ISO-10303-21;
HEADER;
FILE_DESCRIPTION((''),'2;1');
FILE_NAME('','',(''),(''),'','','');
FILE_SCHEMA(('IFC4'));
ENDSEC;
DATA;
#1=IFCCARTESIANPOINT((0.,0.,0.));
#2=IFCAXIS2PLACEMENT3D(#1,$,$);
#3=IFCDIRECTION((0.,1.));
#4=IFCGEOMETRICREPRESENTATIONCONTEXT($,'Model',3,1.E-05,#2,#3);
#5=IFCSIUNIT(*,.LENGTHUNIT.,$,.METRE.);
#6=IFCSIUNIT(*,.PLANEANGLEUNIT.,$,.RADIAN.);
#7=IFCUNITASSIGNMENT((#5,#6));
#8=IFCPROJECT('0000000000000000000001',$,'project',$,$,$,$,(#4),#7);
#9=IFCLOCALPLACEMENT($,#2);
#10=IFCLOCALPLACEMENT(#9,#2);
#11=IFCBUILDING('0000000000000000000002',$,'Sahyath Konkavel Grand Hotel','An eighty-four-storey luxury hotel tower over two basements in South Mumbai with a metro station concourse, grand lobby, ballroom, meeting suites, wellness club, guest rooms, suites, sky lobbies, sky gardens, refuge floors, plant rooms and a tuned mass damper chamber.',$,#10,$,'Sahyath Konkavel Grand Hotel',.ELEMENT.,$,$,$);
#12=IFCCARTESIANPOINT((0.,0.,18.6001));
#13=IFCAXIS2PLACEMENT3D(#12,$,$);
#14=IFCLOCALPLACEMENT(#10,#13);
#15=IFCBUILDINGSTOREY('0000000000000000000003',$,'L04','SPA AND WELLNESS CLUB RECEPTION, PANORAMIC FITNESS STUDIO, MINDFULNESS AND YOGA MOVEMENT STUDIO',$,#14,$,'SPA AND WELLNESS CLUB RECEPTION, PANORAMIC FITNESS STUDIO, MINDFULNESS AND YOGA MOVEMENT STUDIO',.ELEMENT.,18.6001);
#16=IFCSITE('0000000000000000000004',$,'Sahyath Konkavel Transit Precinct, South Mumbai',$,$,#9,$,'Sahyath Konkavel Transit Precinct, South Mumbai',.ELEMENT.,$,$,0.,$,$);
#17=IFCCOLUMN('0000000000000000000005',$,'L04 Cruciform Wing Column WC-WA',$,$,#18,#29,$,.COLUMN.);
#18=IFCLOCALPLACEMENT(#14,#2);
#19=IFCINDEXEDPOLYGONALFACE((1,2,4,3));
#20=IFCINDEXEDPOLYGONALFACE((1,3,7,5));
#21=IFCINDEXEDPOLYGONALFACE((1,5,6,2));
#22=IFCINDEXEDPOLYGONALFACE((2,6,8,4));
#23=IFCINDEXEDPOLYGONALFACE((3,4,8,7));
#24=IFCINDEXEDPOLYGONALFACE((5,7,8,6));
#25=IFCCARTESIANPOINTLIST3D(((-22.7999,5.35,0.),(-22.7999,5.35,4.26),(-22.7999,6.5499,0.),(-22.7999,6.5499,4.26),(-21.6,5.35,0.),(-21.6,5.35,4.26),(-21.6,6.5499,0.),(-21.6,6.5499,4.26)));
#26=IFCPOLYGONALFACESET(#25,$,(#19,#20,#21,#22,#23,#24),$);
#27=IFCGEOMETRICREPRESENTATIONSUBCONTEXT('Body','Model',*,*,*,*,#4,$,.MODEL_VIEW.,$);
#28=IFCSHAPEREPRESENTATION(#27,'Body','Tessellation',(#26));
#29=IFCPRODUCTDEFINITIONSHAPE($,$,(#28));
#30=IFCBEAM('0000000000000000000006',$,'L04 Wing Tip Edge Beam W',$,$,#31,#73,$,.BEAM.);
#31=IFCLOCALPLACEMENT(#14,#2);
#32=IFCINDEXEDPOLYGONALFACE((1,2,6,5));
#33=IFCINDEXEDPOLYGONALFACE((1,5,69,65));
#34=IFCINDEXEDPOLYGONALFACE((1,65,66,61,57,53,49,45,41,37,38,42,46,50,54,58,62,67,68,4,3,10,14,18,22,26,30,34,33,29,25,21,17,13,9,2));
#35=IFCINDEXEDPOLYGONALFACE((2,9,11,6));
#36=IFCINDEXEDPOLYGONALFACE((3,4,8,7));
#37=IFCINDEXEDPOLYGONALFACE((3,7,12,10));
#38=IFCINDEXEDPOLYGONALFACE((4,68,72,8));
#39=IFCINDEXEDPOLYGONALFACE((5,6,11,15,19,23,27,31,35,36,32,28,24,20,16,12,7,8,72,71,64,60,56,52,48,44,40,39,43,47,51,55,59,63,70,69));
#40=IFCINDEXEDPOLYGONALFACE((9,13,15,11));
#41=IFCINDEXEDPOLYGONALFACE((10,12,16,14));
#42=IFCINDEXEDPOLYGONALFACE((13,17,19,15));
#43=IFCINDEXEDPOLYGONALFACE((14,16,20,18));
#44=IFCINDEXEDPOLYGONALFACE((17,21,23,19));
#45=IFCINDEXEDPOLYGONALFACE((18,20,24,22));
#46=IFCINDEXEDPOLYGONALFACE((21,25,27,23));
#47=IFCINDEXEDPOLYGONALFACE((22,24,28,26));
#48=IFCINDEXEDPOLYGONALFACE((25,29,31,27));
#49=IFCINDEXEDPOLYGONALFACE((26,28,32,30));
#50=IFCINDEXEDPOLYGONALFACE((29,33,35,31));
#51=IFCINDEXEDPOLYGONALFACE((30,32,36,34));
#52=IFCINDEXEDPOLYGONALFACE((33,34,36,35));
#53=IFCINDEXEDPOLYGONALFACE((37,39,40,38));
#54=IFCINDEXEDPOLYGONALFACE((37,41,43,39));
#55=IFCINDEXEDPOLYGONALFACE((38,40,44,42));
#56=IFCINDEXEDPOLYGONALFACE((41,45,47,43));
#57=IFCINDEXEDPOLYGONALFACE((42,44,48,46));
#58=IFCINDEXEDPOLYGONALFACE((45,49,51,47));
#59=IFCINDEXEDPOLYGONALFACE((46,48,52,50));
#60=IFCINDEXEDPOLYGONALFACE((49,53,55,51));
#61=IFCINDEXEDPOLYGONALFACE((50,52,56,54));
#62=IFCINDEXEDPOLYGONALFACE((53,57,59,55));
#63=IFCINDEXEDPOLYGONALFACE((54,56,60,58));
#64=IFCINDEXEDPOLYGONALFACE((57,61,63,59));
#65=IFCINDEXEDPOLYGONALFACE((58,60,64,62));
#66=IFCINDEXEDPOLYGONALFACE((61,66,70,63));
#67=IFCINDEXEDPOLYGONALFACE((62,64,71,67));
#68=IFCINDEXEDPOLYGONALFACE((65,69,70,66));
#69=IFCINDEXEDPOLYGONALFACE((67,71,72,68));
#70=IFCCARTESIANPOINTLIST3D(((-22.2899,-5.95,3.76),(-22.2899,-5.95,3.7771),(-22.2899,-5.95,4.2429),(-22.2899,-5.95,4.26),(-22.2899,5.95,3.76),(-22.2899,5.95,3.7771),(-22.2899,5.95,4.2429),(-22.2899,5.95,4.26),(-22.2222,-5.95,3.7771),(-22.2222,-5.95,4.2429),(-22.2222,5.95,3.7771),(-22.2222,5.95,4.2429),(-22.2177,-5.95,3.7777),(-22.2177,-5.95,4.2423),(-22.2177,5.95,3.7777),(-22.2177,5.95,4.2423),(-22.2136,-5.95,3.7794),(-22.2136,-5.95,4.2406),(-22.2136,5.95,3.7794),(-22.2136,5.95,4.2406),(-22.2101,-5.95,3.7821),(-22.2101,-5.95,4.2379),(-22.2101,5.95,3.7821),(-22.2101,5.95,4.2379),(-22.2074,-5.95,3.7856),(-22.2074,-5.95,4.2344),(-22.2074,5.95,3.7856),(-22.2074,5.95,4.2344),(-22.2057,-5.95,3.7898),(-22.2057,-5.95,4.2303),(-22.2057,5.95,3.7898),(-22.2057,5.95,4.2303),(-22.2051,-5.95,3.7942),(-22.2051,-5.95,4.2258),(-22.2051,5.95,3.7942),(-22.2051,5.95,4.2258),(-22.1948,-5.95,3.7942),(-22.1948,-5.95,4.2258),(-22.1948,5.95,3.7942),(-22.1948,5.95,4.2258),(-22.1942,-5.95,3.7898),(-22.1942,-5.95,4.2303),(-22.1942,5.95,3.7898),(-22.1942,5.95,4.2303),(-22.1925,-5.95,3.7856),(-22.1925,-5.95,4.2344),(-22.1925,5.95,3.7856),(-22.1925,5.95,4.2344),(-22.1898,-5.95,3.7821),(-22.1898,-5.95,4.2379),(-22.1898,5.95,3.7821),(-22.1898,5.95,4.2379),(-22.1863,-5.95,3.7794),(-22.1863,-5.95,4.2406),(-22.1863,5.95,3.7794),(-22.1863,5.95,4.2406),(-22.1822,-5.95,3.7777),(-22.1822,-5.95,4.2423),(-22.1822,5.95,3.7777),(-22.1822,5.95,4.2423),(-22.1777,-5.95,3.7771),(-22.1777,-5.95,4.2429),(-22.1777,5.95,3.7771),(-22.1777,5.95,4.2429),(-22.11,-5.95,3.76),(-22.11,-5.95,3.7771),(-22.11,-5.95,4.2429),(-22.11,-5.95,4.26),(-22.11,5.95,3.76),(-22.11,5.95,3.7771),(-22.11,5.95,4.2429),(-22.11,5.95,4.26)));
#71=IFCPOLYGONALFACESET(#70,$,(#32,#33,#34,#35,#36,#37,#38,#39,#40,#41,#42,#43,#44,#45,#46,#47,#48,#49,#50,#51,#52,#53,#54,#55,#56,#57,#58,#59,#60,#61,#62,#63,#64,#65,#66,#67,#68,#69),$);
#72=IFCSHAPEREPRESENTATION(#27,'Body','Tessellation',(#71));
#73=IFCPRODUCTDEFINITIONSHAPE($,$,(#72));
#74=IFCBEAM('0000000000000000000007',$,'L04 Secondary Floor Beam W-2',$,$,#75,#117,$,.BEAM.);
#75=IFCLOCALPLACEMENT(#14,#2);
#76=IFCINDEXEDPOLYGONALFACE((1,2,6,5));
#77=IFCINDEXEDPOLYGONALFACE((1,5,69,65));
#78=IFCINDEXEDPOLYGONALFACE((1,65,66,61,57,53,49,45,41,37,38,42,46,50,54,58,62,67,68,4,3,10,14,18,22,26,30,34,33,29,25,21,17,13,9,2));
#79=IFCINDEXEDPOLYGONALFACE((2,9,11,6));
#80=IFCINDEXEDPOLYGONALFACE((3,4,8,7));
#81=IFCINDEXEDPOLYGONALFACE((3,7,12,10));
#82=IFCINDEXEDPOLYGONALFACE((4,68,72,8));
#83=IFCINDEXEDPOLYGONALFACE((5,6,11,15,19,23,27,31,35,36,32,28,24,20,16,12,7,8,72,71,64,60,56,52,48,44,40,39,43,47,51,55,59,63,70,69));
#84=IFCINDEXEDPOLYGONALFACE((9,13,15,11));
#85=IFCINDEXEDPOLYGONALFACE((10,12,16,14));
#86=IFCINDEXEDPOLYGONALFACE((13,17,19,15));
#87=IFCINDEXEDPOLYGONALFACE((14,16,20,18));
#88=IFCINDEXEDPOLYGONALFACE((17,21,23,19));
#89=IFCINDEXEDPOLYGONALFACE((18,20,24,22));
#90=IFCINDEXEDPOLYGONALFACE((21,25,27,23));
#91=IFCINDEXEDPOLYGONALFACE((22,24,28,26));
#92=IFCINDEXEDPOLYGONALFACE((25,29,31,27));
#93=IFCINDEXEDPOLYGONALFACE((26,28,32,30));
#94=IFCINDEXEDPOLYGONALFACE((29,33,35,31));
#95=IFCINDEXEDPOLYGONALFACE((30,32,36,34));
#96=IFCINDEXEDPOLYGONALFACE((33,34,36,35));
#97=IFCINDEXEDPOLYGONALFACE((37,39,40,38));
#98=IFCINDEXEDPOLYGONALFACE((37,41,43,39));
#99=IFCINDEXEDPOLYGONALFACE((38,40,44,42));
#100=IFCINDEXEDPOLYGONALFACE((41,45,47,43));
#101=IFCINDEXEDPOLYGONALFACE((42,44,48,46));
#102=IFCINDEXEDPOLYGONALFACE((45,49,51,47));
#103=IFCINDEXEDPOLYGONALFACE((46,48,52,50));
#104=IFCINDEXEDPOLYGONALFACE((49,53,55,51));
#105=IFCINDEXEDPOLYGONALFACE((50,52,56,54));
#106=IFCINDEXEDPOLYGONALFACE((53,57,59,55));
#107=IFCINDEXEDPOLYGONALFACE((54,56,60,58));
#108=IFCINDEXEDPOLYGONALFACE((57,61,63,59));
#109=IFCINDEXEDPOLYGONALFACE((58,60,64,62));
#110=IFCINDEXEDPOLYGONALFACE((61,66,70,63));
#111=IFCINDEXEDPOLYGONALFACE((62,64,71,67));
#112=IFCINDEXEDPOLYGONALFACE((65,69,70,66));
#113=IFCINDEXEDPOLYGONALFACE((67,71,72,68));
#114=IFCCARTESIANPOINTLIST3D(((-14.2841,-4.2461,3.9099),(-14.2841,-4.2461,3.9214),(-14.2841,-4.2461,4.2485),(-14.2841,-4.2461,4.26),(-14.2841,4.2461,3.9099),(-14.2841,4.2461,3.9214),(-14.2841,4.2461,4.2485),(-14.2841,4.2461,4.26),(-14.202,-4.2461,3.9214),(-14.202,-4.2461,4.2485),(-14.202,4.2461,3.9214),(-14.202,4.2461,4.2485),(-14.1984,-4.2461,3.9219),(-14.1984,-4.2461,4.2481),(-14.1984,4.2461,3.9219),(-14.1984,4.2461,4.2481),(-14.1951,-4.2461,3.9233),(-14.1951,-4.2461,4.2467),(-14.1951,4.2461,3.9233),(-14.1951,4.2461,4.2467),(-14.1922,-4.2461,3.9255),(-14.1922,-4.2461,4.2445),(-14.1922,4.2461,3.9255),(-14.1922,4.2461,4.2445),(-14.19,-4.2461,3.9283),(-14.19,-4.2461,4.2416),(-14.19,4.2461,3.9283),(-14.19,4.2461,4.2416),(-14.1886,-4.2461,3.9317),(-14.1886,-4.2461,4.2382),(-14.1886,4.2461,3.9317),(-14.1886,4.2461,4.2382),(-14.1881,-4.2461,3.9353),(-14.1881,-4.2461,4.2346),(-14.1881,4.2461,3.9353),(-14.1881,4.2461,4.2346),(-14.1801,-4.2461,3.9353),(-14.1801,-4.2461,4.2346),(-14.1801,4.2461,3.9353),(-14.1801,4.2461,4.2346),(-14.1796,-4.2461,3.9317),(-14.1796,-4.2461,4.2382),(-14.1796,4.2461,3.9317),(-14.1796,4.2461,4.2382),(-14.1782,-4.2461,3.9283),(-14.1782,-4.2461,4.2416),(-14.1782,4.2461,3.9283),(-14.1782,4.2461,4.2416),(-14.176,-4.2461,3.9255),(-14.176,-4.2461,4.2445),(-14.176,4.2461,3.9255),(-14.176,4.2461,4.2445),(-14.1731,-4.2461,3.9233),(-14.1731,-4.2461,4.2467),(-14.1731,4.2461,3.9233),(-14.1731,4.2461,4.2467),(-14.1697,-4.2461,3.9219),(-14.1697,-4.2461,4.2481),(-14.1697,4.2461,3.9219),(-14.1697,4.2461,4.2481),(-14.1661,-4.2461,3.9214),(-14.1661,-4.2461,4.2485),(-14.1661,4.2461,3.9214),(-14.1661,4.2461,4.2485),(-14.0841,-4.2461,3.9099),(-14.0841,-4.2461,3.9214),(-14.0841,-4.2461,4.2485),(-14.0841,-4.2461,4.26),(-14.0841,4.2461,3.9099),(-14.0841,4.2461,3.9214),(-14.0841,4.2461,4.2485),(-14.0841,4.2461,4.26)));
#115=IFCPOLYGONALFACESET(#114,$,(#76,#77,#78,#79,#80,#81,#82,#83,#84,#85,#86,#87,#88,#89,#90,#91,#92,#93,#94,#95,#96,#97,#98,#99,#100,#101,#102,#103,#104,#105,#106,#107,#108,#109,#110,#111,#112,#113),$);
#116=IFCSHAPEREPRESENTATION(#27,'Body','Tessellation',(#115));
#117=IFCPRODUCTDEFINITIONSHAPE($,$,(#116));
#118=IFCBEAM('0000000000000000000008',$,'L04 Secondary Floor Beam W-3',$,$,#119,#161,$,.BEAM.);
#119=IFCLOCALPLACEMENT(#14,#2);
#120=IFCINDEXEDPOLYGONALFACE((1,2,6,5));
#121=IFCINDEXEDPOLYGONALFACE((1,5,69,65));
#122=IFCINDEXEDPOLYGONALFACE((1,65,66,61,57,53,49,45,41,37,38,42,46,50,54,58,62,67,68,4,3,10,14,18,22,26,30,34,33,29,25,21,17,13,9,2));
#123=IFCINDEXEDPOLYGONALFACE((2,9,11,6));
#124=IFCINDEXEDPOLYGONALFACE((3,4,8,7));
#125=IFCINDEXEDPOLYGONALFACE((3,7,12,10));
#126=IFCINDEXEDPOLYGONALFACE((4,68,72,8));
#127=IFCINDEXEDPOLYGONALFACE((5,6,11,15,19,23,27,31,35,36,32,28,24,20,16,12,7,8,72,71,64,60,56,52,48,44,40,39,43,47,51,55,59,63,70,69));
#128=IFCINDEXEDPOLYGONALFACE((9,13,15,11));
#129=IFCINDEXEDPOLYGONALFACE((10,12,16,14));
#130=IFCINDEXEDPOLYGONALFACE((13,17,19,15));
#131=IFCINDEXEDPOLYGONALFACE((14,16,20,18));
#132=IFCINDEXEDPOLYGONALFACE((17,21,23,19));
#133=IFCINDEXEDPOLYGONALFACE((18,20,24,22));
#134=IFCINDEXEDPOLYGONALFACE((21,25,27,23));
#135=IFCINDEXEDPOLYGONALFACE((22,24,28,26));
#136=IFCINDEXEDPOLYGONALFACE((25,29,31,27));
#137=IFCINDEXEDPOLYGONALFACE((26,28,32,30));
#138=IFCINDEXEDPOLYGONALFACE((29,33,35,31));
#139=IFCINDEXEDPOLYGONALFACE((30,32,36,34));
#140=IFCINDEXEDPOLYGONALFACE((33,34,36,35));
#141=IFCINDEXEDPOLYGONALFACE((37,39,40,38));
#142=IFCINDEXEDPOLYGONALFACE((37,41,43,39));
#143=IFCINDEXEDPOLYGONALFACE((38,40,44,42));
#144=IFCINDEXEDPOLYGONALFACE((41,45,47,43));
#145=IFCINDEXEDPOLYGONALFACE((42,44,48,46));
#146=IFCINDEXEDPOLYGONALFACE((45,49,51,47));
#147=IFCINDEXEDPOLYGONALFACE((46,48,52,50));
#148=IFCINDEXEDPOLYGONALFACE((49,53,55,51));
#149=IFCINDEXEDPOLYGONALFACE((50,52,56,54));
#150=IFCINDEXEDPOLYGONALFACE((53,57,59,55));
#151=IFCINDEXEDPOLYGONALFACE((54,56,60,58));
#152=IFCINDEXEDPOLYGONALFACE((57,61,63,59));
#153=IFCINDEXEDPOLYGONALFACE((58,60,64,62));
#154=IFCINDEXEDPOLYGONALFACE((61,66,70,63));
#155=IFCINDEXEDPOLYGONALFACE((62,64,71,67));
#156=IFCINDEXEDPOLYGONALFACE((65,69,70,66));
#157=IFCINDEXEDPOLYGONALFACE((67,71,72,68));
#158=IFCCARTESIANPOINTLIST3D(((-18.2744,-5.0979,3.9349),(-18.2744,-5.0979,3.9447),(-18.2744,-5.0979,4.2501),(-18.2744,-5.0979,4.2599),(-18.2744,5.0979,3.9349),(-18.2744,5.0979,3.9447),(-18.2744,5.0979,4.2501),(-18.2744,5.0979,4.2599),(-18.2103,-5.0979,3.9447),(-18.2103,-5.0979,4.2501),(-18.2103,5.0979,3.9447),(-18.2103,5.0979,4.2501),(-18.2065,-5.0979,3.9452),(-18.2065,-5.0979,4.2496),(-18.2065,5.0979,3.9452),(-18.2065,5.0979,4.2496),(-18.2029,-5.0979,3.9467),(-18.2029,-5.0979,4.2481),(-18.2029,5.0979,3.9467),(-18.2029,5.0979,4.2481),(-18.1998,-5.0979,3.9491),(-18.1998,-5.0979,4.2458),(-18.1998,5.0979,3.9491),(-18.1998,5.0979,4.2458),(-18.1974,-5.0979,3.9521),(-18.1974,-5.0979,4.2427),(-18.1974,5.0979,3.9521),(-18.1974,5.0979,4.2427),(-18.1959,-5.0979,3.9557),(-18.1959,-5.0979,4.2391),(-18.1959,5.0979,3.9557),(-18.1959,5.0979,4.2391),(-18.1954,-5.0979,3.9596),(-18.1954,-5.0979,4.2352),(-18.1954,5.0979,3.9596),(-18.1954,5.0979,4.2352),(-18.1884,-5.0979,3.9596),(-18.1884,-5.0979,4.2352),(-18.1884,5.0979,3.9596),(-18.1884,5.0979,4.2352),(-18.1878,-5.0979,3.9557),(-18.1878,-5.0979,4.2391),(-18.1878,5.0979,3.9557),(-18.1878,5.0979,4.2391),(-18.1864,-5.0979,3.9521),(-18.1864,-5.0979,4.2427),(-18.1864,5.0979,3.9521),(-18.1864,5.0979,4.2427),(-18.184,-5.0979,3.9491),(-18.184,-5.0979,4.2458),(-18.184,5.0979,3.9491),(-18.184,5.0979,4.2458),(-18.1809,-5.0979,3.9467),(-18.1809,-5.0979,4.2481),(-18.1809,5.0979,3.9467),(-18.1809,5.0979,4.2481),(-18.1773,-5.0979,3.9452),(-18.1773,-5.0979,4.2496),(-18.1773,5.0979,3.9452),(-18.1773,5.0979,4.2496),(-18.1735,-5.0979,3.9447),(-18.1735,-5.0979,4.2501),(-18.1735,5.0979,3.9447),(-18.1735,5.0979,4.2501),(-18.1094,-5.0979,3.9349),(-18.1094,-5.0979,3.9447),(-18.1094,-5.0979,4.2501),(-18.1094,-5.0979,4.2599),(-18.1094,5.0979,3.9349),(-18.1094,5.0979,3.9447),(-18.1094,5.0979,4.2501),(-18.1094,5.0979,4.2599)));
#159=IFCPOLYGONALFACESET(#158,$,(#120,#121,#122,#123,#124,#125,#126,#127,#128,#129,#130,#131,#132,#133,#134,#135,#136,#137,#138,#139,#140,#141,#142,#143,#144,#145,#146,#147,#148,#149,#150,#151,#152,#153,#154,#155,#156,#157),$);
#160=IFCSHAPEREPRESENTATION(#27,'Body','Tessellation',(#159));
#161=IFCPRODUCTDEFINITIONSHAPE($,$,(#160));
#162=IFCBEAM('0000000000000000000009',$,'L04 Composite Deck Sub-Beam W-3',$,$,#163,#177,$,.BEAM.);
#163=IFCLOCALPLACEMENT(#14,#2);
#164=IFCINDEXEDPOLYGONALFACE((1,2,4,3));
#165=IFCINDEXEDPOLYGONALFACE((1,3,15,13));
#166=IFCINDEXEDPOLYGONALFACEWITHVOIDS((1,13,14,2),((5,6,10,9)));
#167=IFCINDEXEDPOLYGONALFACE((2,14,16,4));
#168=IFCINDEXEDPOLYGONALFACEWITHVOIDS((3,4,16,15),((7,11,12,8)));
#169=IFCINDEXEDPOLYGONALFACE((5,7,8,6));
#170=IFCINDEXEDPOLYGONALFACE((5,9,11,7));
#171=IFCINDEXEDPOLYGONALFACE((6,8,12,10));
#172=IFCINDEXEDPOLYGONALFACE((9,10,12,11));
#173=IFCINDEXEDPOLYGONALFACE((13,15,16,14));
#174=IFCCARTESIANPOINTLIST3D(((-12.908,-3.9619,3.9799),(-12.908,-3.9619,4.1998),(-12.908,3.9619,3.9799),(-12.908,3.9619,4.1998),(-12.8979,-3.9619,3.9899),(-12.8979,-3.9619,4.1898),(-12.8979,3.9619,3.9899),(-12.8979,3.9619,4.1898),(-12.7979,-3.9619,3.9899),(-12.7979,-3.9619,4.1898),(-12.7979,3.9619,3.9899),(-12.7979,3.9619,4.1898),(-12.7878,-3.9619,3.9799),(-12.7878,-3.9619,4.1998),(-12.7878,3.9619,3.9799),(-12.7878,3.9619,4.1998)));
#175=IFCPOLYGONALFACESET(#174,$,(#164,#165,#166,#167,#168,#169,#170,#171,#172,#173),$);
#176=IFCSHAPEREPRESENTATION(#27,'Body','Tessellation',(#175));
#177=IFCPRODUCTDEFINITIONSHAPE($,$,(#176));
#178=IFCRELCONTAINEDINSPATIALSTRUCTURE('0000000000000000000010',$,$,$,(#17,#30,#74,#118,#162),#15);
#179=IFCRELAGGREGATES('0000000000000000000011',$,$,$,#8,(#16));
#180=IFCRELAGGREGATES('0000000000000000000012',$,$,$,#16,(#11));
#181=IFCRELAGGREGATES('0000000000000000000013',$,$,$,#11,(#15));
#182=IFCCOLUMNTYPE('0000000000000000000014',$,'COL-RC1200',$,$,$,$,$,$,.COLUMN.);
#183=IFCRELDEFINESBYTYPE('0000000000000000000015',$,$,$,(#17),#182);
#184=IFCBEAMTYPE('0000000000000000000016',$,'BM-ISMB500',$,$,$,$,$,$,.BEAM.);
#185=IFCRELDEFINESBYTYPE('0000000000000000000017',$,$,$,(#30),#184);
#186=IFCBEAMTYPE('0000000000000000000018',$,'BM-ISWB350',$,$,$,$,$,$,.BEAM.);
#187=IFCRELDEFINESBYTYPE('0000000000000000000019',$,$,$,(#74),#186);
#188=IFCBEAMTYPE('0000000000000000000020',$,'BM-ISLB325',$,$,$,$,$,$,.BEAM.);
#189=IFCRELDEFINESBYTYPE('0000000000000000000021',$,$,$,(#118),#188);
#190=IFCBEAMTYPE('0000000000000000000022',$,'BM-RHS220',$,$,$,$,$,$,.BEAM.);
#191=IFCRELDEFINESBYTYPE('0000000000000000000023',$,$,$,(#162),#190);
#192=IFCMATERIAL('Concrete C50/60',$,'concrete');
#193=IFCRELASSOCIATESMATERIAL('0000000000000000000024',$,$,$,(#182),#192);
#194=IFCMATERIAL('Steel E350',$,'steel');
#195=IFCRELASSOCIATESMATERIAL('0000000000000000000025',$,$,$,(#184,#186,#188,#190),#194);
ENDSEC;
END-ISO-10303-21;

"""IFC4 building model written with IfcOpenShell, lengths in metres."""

from ifc_helpers import new_model, si_unit, direction, frame, origin, origin_2d, place, context, subcontext, project, spatial, rectangle, hollow_rectangle, i_section, extrude, source, transform, mapped, material, material_profile, profile_set, type_object, element, save


model = new_model("IFC4")

# Units and contexts
model_context = context("Model", 3, precision=1e-05, world=origin(), true_north=direction((0.0, 1.0)))
body_context = subcontext(model_context, "Body", "Model", "MODEL_VIEW")
ifc_project = project(units=[si_unit("LENGTHUNIT", "METRE"), si_unit("PLANEANGLEUNIT", "RADIAN")], contexts=[model_context])

# Site, building, storey
site_placement = place(None, origin())
site = spatial("IfcSite", under=ifc_project, at=site_placement, Name="Sahyath Konkavel Transit Precinct, South Mumbai", LongName="Sahyath Konkavel Transit Precinct, South Mumbai", CompositionType="ELEMENT", RefElevation=0.0)
building_placement = place(site_placement, origin())
building = spatial("IfcBuilding", under=site, at=building_placement, Name="Sahyath Konkavel Grand Hotel", Description="An eighty-four-storey luxury hotel tower over two basements in South Mumbai with a metro station concourse, grand lobby, ballroom, meeting suites, wellness club, guest rooms, suites, sky lobbies, sky gardens, refuge floors, plant rooms and a tuned mass damper chamber.", LongName="Sahyath Konkavel Grand Hotel", CompositionType="ELEMENT")
storey_placement = place(building_placement, frame((0.0, 0.0, 18.6001)))
storey = spatial("IfcBuildingStorey", under=building, at=storey_placement, Name="L04", Description="SPA AND WELLNESS CLUB RECEPTION, PANORAMIC FITNESS STUDIO, MINDFULNESS AND YOGA MOVEMENT STUDIO", LongName="SPA AND WELLNESS CLUB RECEPTION, PANORAMIC FITNESS STUDIO, MINDFULNESS AND YOGA MOVEMENT STUDIO", CompositionType="ELEMENT", Elevation=18.6001)

# Column
ifc_material_1 = material(Name="Concrete C50/60", Category="concrete")
ifc_material_profile_1 = material_profile(ifc_material_1, rectangle(XDim=1.2, YDim=1.2, at=origin_2d()), Name="RC 1200x1200")
ifc_profile_set_1 = profile_set([ifc_material_profile_1], Name="Concrete C50/60")
column_type = type_object("IfcColumnType", Name="COL-RC1200", PredefinedType="COLUMN", material=ifc_profile_set_1)
shared_shape_1 = source(origin(), body_context, "Body", "SweptSolid", [
    extrude(rectangle(XDim=1.2, YDim=1.2, at=origin_2d()), origin(), (0.0, 0.0, 1.0), 4.26),
])
column_placement = place(storey_placement, frame((-22.2, 5.95, 0.0), z_axis=(0.0, 0.0, 1.0), x_axis=(1.0, 0.0, 0.0)))
element("IfcColumn", 1, at=column_placement, inside=storey, type_object=column_type, Name="L04 Cruciform Wing Column WC-WA", PredefinedType="COLUMN", context=body_context, shape_type="MappedRepresentation", body=[
    mapped(shared_shape_1, transform((0.0, 0.0, 0.0), scale=1.0)),
])

# Beams
ifc_material_2 = material(Name="Steel E350", Category="steel")
ifc_material_profile_2 = material_profile(ifc_material_2, i_section(OverallWidth=0.1799, OverallDepth=0.5, WebThickness=0.0103, FlangeThickness=0.0171, FilletRadius=0.0171, at=origin_2d()), Name="ISMB 500")
ifc_profile_set_2 = profile_set([ifc_material_profile_2], Name="Steel E350")
beam_type_1 = type_object("IfcBeamType", Name="BM-ISMB500", PredefinedType="BEAM", material=ifc_profile_set_2)
shared_shape_2 = source(origin(), body_context, "Body", "SweptSolid", [
    extrude(i_section(OverallWidth=0.1799, OverallDepth=0.5, WebThickness=0.0103, FlangeThickness=0.0171, FilletRadius=0.0171, at=origin_2d()), origin(), (0.0, 0.0, 1.0), 11.8999),
])
beam_1_placement = place(storey_placement, frame((-22.2, 5.95, 4.01), z_axis=(0.0, -1.0, 0.0), x_axis=(1.0, 0.0, 0.0)))
element("IfcBeam", 2, at=beam_1_placement, inside=storey, type_object=beam_type_1, Name="L04 Wing Tip Edge Beam W", PredefinedType="BEAM", context=body_context, shape_type="MappedRepresentation", body=[
    mapped(shared_shape_2, transform((0.0, 0.0, 0.0), scale=1.0)),
])
ifc_material_profile_3 = material_profile(ifc_material_2, i_section(OverallWidth=0.2, OverallDepth=0.3501, WebThickness=0.0081, FlangeThickness=0.0115, FilletRadius=0.0139, at=origin_2d()), Name="ISWB 350")
ifc_profile_set_3 = profile_set([ifc_material_profile_3], Name="Steel E350")
beam_type_2 = type_object("IfcBeamType", Name="BM-ISWB350", PredefinedType="BEAM", material=ifc_profile_set_3)
shared_shape_3 = source(origin(), body_context, "Body", "SweptSolid", [
    extrude(i_section(OverallWidth=0.2, OverallDepth=0.3501, WebThickness=0.0081, FlangeThickness=0.0115, FilletRadius=0.0139, at=origin_2d()), origin(), (0.0, 0.0, 1.0), 8.4922),
])
beam_2_placement = place(storey_placement, frame((-14.1841, 4.2461, 4.085), z_axis=(0.0, -1.0, 0.0), x_axis=(1.0, 0.0, 0.0)))
element("IfcBeam", 3, at=beam_2_placement, inside=storey, type_object=beam_type_2, Name="L04 Secondary Floor Beam W-2", PredefinedType="BEAM", context=body_context, shape_type="MappedRepresentation", body=[
    mapped(shared_shape_3, transform((0.0, 0.0, 0.0), scale=1.0)),
])
ifc_material_profile_4 = material_profile(ifc_material_2, i_section(OverallWidth=0.165, OverallDepth=0.325, WebThickness=0.0071, FlangeThickness=0.0098, FilletRadius=0.0149, at=origin_2d()), Name="ISLB 325")
ifc_profile_set_4 = profile_set([ifc_material_profile_4], Name="Steel E350")
beam_type_3 = type_object("IfcBeamType", Name="BM-ISLB325", PredefinedType="BEAM", material=ifc_profile_set_4)
shared_shape_4 = source(origin(), body_context, "Body", "SweptSolid", [
    extrude(i_section(OverallWidth=0.165, OverallDepth=0.325, WebThickness=0.0071, FlangeThickness=0.0098, FilletRadius=0.0149, at=origin_2d()), origin(), (0.0, 0.0, 1.0), 10.1958),
])
beam_3_placement = place(storey_placement, frame((-18.1919, 5.0979, 4.0974), z_axis=(0.0, -1.0, 0.0), x_axis=(1.0, 0.0, 0.0)))
element("IfcBeam", 4, at=beam_3_placement, inside=storey, type_object=beam_type_3, Name="L04 Secondary Floor Beam W-3", PredefinedType="BEAM", context=body_context, shape_type="MappedRepresentation", body=[
    mapped(shared_shape_4, transform((0.0, 0.0, 0.0), scale=1.0)),
])
ifc_material_profile_5 = material_profile(ifc_material_2, hollow_rectangle(XDim=0.1201, YDim=0.22, WallThickness=0.01, at=origin_2d()), Name="RHS 220x120x10")
ifc_profile_set_5 = profile_set([ifc_material_profile_5], Name="Steel E350")
beam_type_4 = type_object("IfcBeamType", Name="BM-RHS220", PredefinedType="BEAM", material=ifc_profile_set_5)
shared_shape_5 = source(origin(), body_context, "Body", "SweptSolid", [
    extrude(hollow_rectangle(XDim=0.1201, YDim=0.22, WallThickness=0.01, at=origin_2d()), origin(), (0.0, 0.0, 1.0), 7.9238),
])
beam_4_placement = place(storey_placement, frame((-12.8479, 3.9619, 4.0898), z_axis=(0.0, -1.0, 0.0), x_axis=(1.0, 0.0, 0.0)))
element("IfcBeam", 5, at=beam_4_placement, inside=storey, type_object=beam_type_4, Name="L04 Composite Deck Sub-Beam W-3", PredefinedType="BEAM", context=body_context, shape_type="MappedRepresentation", body=[
    mapped(shared_shape_5, transform((0.0, 0.0, 0.0), scale=1.0)),
])

save(model, "model.ifc")
